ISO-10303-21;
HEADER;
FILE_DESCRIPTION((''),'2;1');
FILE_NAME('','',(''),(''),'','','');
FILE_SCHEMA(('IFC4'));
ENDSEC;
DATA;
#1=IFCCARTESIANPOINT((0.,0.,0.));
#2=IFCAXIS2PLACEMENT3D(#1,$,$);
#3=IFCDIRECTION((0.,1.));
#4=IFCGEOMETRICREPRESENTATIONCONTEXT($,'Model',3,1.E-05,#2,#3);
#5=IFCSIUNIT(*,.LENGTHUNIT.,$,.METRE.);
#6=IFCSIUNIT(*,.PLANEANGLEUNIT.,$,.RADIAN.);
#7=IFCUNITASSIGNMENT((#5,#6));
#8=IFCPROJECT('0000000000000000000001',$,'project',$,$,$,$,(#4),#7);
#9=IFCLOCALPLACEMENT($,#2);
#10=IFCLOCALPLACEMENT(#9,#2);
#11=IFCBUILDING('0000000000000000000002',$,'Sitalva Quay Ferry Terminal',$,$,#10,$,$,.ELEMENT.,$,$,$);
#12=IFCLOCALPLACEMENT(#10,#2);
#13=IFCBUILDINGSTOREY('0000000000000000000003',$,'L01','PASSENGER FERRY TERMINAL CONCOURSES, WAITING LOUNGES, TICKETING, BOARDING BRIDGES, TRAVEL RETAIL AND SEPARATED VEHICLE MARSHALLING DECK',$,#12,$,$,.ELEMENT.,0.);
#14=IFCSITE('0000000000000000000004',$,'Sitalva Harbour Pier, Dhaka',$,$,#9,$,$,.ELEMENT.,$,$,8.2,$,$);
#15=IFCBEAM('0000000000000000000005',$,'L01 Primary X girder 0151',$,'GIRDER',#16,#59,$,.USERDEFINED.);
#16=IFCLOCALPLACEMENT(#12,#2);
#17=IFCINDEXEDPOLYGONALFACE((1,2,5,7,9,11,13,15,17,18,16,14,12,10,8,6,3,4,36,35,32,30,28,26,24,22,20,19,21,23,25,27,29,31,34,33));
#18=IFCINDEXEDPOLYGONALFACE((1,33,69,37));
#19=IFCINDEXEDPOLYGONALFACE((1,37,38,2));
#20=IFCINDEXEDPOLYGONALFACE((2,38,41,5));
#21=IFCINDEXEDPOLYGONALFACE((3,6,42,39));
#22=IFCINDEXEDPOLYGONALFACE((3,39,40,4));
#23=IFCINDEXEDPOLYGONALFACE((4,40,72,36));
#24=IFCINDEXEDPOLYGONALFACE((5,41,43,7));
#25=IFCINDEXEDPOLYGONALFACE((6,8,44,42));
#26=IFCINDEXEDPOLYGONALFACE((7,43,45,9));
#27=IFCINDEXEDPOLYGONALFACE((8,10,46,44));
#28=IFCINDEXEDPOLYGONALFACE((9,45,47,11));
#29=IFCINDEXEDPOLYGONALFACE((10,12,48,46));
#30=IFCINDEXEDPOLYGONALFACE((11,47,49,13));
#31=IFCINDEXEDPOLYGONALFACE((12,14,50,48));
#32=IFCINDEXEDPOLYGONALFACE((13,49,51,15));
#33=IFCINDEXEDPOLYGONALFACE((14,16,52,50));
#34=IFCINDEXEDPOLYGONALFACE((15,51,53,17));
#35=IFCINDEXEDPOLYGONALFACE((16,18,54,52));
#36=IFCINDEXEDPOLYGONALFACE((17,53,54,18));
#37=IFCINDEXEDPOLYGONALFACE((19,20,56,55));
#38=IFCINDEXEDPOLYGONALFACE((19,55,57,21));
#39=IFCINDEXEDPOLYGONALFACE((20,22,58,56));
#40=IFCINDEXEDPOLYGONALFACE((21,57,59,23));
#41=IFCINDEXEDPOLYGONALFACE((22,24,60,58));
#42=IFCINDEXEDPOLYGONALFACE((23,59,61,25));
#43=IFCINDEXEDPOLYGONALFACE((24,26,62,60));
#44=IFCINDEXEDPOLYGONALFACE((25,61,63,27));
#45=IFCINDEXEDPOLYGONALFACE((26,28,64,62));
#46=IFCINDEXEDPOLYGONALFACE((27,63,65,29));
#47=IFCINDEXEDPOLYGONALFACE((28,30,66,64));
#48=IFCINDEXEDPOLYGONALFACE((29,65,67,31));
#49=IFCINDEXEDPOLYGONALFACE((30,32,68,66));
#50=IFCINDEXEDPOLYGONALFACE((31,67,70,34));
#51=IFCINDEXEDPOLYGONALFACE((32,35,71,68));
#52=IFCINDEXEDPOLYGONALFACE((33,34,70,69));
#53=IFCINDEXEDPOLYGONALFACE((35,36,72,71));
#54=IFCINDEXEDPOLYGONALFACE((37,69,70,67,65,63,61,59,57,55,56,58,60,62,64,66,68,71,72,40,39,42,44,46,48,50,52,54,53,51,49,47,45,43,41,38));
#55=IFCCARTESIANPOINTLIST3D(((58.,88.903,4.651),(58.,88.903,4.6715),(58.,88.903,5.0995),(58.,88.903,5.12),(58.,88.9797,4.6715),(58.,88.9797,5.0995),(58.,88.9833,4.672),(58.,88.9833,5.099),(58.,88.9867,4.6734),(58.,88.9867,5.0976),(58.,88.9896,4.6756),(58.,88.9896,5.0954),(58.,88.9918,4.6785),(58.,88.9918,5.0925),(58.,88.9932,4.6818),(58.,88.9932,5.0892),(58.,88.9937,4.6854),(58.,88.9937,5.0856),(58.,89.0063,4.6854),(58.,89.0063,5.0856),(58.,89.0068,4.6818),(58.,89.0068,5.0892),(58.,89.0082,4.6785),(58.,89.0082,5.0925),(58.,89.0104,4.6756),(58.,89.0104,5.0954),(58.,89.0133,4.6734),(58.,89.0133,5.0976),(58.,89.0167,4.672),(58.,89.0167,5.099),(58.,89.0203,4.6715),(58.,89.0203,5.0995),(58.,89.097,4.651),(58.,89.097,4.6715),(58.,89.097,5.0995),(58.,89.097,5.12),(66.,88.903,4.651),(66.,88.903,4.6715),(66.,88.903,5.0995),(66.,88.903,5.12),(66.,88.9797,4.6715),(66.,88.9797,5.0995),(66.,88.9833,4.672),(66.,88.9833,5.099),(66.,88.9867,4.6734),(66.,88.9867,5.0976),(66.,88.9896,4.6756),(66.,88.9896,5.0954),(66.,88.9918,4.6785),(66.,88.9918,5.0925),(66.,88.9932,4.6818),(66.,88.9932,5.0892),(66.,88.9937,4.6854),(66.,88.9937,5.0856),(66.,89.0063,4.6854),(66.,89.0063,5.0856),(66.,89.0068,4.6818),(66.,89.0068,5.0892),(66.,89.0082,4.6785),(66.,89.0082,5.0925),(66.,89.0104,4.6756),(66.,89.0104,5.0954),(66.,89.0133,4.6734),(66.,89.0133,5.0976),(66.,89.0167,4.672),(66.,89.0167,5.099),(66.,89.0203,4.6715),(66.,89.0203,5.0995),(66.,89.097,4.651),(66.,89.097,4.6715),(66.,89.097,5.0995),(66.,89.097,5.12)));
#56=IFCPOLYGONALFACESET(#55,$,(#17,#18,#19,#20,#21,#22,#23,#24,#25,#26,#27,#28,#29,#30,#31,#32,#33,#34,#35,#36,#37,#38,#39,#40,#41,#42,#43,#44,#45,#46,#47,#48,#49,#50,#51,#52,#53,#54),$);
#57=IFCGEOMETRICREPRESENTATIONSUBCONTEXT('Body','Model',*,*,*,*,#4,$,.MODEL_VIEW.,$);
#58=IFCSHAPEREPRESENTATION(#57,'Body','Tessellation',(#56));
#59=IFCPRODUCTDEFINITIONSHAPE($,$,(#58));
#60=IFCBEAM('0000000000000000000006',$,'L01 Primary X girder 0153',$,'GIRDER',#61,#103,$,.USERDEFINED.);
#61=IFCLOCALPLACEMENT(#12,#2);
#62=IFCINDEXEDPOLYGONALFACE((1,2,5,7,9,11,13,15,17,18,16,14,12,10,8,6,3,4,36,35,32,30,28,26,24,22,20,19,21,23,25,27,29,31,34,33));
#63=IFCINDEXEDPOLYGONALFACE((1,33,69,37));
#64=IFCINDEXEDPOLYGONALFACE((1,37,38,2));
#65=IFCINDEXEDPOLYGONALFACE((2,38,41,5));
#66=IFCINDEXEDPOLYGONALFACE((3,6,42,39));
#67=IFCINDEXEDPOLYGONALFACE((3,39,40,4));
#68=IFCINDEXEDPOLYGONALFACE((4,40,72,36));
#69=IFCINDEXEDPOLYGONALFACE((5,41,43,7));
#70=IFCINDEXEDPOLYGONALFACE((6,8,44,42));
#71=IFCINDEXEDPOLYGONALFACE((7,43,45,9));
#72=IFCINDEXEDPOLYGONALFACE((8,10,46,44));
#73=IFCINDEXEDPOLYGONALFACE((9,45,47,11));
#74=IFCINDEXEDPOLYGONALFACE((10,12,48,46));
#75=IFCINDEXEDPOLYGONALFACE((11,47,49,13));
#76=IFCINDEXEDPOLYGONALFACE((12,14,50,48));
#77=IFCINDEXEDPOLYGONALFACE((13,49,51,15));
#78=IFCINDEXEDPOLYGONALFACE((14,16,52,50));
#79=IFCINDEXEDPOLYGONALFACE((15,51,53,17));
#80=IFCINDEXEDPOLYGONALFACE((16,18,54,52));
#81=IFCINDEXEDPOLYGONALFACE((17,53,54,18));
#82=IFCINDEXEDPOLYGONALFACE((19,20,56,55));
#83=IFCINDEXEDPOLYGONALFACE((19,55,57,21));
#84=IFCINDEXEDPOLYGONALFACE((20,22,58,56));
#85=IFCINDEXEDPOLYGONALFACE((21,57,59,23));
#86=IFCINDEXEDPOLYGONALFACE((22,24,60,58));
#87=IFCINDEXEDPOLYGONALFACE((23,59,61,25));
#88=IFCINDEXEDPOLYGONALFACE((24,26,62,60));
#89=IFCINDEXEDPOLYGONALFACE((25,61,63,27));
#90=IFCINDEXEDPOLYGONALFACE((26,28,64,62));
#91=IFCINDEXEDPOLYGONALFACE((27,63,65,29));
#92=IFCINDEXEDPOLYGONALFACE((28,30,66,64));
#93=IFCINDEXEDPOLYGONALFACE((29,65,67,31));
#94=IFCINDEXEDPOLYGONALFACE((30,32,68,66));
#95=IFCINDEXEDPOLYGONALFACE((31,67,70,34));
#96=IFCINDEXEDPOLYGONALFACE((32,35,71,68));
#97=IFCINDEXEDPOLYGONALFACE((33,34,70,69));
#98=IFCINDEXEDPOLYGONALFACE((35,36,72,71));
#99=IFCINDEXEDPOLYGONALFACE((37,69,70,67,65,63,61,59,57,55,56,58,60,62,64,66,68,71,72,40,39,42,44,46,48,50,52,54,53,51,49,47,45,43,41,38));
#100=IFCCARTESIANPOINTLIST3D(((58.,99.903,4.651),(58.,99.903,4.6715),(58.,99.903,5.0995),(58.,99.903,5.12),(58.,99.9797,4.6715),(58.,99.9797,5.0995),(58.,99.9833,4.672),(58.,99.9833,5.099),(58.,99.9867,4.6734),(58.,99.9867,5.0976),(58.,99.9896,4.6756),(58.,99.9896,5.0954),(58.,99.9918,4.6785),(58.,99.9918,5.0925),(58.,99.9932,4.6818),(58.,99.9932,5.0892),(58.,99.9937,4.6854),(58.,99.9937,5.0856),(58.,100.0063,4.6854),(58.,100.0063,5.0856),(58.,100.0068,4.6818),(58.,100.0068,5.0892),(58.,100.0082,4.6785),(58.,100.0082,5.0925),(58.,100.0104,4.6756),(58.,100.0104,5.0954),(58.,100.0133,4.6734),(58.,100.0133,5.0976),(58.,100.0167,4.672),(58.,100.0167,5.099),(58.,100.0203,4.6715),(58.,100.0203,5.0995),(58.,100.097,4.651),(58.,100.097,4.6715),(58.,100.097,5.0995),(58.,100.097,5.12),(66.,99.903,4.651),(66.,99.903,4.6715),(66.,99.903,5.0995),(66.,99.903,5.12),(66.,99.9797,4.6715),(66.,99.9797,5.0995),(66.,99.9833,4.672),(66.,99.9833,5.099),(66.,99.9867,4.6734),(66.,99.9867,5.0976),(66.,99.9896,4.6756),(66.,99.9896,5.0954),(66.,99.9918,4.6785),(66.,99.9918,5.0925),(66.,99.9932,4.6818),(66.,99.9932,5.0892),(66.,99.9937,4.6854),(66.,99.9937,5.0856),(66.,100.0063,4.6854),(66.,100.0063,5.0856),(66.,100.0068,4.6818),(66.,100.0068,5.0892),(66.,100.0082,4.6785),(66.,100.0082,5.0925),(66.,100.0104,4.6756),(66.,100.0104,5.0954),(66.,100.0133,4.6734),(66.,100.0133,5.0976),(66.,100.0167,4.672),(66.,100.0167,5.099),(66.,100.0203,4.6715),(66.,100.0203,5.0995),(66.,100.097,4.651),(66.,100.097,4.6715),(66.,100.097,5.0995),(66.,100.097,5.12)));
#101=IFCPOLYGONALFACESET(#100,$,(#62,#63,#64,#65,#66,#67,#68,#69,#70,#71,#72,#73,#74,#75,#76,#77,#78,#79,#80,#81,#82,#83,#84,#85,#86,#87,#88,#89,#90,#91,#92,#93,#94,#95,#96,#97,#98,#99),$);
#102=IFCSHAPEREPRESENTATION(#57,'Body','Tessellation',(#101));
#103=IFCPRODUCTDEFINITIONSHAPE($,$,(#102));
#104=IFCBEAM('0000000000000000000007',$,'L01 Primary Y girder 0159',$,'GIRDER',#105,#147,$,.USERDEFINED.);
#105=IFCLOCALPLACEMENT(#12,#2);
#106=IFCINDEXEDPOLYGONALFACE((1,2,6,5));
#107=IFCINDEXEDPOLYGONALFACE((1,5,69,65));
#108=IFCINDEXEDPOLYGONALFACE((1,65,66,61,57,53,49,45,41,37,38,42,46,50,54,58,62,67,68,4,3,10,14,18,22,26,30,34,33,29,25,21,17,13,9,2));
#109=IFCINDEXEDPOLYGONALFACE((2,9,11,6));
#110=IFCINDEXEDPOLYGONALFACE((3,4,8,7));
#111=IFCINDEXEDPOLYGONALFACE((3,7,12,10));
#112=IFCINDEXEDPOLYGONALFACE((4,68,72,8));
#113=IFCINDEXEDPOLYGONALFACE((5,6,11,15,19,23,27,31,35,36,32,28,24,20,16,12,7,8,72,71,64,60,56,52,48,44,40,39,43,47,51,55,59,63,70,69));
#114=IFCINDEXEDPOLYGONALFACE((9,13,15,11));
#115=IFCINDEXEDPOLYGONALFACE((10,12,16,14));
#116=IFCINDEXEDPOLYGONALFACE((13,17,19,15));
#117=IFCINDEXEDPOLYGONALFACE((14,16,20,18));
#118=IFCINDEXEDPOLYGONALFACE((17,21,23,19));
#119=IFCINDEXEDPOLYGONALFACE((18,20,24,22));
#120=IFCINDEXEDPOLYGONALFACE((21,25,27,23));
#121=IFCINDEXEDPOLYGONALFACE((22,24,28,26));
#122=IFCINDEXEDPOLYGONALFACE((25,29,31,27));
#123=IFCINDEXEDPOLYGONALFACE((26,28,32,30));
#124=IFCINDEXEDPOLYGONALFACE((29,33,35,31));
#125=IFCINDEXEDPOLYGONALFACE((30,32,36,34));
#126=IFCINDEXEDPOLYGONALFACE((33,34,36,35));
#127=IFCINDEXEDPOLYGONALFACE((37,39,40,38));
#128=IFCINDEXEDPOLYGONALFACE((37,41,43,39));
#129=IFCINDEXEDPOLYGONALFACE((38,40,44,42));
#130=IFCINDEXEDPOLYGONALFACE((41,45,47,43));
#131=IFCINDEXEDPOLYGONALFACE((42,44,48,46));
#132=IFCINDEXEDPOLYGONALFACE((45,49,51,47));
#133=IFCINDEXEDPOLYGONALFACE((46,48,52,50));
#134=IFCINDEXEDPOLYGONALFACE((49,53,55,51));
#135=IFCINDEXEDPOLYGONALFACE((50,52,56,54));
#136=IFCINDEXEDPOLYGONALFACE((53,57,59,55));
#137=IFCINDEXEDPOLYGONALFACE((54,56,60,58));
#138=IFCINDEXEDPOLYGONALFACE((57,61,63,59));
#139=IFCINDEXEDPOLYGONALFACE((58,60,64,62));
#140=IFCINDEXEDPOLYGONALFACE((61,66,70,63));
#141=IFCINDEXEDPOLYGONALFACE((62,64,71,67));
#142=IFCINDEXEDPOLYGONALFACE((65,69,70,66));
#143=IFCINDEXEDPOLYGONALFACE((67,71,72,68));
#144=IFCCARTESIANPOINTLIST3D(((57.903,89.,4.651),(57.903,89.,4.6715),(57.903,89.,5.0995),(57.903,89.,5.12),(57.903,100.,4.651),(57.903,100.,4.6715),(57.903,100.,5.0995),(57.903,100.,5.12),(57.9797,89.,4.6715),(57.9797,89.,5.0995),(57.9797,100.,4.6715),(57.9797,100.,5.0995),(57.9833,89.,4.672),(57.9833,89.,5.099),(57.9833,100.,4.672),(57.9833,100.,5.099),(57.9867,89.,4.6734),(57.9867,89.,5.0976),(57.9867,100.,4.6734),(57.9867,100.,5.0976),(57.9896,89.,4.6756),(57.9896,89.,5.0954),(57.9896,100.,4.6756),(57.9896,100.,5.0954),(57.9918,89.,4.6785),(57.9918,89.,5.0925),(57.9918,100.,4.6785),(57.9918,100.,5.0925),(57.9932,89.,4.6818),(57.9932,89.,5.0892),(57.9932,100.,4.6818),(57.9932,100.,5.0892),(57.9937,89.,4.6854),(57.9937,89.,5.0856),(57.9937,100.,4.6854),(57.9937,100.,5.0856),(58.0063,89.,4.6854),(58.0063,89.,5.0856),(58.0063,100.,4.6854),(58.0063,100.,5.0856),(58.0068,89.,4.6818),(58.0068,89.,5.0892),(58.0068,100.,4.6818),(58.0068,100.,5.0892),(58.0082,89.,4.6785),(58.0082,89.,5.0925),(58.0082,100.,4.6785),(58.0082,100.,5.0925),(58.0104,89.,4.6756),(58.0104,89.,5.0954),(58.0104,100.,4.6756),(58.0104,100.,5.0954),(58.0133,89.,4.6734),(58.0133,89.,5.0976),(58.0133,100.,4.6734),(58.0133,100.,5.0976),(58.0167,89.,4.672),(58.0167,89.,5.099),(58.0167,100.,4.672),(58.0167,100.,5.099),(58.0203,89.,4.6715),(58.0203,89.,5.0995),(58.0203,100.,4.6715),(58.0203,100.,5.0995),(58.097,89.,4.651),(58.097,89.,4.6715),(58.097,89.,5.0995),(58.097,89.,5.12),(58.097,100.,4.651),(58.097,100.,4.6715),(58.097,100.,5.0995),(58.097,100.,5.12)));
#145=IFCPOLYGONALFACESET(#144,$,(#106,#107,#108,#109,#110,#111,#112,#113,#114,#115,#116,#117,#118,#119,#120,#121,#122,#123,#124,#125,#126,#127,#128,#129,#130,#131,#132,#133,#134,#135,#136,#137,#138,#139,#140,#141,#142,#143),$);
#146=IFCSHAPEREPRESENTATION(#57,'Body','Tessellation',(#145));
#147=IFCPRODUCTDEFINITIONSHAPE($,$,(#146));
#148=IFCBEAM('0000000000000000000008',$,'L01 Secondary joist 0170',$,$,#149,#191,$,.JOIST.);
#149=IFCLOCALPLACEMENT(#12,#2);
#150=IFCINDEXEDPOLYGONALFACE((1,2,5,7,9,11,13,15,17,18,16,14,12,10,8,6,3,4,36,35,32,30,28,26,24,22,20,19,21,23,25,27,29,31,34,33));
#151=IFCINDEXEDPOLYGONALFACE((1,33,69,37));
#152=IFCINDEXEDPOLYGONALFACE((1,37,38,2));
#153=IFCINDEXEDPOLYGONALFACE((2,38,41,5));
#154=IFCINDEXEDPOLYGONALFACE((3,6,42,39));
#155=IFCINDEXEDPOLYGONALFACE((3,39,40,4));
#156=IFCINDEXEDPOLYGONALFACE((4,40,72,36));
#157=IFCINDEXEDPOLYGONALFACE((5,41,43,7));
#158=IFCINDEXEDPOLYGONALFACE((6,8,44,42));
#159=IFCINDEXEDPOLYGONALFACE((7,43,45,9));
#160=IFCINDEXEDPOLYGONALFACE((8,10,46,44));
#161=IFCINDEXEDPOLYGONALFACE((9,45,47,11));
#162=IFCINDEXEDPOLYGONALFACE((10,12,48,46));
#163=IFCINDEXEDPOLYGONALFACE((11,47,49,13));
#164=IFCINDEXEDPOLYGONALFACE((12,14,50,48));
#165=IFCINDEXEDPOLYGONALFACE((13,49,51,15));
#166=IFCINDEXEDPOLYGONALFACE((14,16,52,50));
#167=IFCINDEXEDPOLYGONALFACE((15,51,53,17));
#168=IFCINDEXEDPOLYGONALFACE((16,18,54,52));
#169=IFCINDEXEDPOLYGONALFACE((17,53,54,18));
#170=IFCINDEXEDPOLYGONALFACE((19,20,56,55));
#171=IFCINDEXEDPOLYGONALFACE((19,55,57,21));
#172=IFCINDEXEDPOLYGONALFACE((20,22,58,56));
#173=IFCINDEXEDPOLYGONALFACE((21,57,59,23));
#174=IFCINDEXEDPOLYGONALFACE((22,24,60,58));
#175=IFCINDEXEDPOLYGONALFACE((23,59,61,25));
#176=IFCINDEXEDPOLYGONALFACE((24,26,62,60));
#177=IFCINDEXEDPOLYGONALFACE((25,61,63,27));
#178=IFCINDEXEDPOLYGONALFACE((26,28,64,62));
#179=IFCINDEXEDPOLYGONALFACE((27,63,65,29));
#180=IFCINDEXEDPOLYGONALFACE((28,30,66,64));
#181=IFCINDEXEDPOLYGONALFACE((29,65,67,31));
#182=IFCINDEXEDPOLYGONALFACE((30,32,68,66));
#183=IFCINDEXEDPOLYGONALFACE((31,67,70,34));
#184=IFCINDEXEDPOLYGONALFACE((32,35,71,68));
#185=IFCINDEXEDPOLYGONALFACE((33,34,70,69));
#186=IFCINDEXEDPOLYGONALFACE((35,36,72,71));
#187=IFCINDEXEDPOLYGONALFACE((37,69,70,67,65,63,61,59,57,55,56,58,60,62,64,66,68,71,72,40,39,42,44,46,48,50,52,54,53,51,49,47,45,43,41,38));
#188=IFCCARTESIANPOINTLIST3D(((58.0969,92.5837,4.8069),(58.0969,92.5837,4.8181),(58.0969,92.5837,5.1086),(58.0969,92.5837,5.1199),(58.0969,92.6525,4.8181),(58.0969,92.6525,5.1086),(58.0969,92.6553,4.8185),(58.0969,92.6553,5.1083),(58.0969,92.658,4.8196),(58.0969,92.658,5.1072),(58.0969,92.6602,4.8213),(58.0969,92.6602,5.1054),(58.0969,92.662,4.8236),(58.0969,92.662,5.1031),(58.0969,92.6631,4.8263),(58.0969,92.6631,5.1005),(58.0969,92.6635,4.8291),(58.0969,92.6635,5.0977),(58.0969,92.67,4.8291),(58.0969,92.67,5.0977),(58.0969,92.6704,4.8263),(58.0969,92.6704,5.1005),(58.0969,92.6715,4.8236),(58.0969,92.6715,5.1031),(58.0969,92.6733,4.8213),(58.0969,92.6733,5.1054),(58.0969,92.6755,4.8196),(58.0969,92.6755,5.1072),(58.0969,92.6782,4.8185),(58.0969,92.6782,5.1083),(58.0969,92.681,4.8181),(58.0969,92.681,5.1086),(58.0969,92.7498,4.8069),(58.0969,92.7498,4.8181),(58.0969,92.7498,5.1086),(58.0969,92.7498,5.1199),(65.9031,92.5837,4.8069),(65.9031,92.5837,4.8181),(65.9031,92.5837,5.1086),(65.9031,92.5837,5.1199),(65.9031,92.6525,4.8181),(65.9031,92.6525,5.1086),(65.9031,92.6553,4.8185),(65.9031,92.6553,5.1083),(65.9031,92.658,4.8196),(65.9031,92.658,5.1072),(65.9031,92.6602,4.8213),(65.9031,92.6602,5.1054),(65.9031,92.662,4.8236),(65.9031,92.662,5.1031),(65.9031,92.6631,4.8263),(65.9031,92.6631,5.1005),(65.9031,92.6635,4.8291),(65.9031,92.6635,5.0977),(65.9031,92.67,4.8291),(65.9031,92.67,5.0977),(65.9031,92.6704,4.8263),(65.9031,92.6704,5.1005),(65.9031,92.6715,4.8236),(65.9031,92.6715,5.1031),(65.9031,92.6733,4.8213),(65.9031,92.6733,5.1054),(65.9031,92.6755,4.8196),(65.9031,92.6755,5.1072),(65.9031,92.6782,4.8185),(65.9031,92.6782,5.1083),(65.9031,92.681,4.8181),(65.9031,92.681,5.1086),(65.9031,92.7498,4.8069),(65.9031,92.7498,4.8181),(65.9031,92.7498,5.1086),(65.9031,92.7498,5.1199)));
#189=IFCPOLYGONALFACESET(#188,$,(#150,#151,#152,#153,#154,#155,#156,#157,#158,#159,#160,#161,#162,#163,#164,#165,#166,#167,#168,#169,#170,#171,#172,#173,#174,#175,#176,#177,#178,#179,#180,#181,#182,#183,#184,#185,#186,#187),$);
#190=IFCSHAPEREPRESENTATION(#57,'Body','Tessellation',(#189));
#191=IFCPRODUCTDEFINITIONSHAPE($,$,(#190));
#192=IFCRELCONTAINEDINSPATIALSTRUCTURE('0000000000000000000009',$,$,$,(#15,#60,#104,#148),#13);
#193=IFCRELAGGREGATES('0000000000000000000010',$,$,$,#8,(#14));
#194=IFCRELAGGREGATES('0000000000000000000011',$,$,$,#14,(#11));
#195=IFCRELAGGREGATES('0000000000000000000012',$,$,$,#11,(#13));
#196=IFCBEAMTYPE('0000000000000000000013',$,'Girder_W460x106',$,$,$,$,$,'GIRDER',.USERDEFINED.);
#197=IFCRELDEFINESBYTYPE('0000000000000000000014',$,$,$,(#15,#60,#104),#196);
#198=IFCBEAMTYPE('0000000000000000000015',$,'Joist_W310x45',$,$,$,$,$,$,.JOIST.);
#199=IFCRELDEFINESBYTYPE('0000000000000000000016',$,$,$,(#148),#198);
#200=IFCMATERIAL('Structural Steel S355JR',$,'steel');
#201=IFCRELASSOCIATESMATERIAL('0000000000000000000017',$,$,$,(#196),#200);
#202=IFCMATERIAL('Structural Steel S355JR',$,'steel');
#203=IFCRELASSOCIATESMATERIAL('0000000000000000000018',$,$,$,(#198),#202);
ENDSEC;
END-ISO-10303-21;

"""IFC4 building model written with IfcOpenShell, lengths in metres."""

from ifc_helpers import new_model, si_unit, direction, frame, origin, origin_2d, place, context, subcontext, project, spatial, i_section, extrude, material, material_profile, profile_set, type_object, element, save


model = new_model("IFC4")

# Units and contexts
model_context = context("Model", 3, precision=1e-05, world=origin(), true_north=direction((0.0, 1.0)))
body_context = subcontext(model_context, "Body", "Model", "MODEL_VIEW")
ifc_project = project(units=[si_unit("LENGTHUNIT", "METRE"), si_unit("PLANEANGLEUNIT", "RADIAN")], contexts=[model_context])

# Site, building, storey
site_placement = place(None, origin())
site = spatial("IfcSite", under=ifc_project, at=site_placement, Name="Sitalva Harbour Pier, Dhaka", CompositionType="ELEMENT", RefElevation=8.2)
building_placement = place(site_placement, origin())
building = spatial("IfcBuilding", under=site, at=building_placement, Name="Sitalva Quay Ferry Terminal", CompositionType="ELEMENT")
storey_placement = place(building_placement, origin())
storey = spatial("IfcBuildingStorey", under=building, at=storey_placement, Name="L01", Description="PASSENGER FERRY TERMINAL CONCOURSES, WAITING LOUNGES, TICKETING, BOARDING BRIDGES, TRAVEL RETAIL AND SEPARATED VEHICLE MARSHALLING DECK", CompositionType="ELEMENT", Elevation=0.0)

# Beams
ifc_material_1 = material(Name="Structural Steel S355JR", Category="steel")
ifc_material_profile_1 = material_profile(ifc_material_1, i_section(OverallWidth=0.1941, OverallDepth=0.469, WebThickness=0.0127, FlangeThickness=0.0205, FilletRadius=0.0139, at=origin_2d()), Name="W460x106")
ifc_profile_set_1 = profile_set([ifc_material_profile_1], Name="Structural Steel S355JR")
beam_type_1 = type_object("IfcBeamType", Name="Girder_W460x106", ElementType="GIRDER", PredefinedType="USERDEFINED", material=ifc_profile_set_1)
for number, where, z_axis, x_axis, name in (
    (1, (58.0, 89.0, 4.8855), (1.0, 0.0, 0.0), (0.0, 1.0, 0.0), "L01 Primary X girder 0151"),
    (2, (58.0, 100.0, 4.8855), (1.0, 0.0, 0.0), (0.0, 1.0, 0.0), "L01 Primary X girder 0153"),
):
    element("IfcBeam", number, at=place(storey_placement, frame(where, z_axis=z_axis, x_axis=x_axis)), inside=storey, type_object=beam_type_1, Name=name, ObjectType="GIRDER", PredefinedType="USERDEFINED", context=body_context, shape_type="SweptSolid", body=[
        extrude(i_section(OverallWidth=0.1941, OverallDepth=0.469, WebThickness=0.0127, FlangeThickness=0.0205, FilletRadius=0.0139, at=origin_2d()), origin(), (0.0, 0.0, 1.0), 8.0),
    ])
beam_1_placement = place(storey_placement, frame((58.0, 89.0, 4.8855), z_axis=(0.0, 1.0, 0.0), x_axis=(-1.0, 0.0, 0.0)))
element("IfcBeam", 3, at=beam_1_placement, inside=storey, type_object=beam_type_1, Name="L01 Primary Y girder 0159", ObjectType="GIRDER", PredefinedType="USERDEFINED", context=body_context, shape_type="SweptSolid", body=[
    extrude(i_section(OverallWidth=0.1941, OverallDepth=0.469, WebThickness=0.0127, FlangeThickness=0.0205, FilletRadius=0.0139, at=origin_2d()), origin(), (0.0, 0.0, 1.0), 11.0),
])
ifc_material_2 = material(Name="Structural Steel S355JR", Category="steel")
ifc_material_profile_2 = material_profile(ifc_material_2, i_section(OverallWidth=0.166, OverallDepth=0.313, WebThickness=0.0066, FlangeThickness=0.0112, FilletRadius=0.011, at=origin_2d()), Name="W310x45")
ifc_profile_set_2 = profile_set([ifc_material_profile_2], Name="Structural Steel S355JR")
beam_type_2 = type_object("IfcBeamType", Name="Joist_W310x45", PredefinedType="JOIST", material=ifc_profile_set_2)
for number, where, z_axis, x_axis, name in (
    (4, (58.0969, 92.6667, 4.9634), (1.0, 0.0, 0.0), (0.0, 1.0, 0.0), "L01 Secondary joist 0170"),
):
    element("IfcBeam", number, at=place(storey_placement, frame(where, z_axis=z_axis, x_axis=x_axis)), inside=storey, type_object=beam_type_2, Name=name, PredefinedType="JOIST", context=body_context, shape_type="SweptSolid", body=[
        extrude(i_section(OverallWidth=0.166, OverallDepth=0.313, WebThickness=0.0066, FlangeThickness=0.0112, FilletRadius=0.011, at=origin_2d()), origin(), (0.0, 0.0, 1.0), 7.8062),
    ])

save(model, "model.ifc")
